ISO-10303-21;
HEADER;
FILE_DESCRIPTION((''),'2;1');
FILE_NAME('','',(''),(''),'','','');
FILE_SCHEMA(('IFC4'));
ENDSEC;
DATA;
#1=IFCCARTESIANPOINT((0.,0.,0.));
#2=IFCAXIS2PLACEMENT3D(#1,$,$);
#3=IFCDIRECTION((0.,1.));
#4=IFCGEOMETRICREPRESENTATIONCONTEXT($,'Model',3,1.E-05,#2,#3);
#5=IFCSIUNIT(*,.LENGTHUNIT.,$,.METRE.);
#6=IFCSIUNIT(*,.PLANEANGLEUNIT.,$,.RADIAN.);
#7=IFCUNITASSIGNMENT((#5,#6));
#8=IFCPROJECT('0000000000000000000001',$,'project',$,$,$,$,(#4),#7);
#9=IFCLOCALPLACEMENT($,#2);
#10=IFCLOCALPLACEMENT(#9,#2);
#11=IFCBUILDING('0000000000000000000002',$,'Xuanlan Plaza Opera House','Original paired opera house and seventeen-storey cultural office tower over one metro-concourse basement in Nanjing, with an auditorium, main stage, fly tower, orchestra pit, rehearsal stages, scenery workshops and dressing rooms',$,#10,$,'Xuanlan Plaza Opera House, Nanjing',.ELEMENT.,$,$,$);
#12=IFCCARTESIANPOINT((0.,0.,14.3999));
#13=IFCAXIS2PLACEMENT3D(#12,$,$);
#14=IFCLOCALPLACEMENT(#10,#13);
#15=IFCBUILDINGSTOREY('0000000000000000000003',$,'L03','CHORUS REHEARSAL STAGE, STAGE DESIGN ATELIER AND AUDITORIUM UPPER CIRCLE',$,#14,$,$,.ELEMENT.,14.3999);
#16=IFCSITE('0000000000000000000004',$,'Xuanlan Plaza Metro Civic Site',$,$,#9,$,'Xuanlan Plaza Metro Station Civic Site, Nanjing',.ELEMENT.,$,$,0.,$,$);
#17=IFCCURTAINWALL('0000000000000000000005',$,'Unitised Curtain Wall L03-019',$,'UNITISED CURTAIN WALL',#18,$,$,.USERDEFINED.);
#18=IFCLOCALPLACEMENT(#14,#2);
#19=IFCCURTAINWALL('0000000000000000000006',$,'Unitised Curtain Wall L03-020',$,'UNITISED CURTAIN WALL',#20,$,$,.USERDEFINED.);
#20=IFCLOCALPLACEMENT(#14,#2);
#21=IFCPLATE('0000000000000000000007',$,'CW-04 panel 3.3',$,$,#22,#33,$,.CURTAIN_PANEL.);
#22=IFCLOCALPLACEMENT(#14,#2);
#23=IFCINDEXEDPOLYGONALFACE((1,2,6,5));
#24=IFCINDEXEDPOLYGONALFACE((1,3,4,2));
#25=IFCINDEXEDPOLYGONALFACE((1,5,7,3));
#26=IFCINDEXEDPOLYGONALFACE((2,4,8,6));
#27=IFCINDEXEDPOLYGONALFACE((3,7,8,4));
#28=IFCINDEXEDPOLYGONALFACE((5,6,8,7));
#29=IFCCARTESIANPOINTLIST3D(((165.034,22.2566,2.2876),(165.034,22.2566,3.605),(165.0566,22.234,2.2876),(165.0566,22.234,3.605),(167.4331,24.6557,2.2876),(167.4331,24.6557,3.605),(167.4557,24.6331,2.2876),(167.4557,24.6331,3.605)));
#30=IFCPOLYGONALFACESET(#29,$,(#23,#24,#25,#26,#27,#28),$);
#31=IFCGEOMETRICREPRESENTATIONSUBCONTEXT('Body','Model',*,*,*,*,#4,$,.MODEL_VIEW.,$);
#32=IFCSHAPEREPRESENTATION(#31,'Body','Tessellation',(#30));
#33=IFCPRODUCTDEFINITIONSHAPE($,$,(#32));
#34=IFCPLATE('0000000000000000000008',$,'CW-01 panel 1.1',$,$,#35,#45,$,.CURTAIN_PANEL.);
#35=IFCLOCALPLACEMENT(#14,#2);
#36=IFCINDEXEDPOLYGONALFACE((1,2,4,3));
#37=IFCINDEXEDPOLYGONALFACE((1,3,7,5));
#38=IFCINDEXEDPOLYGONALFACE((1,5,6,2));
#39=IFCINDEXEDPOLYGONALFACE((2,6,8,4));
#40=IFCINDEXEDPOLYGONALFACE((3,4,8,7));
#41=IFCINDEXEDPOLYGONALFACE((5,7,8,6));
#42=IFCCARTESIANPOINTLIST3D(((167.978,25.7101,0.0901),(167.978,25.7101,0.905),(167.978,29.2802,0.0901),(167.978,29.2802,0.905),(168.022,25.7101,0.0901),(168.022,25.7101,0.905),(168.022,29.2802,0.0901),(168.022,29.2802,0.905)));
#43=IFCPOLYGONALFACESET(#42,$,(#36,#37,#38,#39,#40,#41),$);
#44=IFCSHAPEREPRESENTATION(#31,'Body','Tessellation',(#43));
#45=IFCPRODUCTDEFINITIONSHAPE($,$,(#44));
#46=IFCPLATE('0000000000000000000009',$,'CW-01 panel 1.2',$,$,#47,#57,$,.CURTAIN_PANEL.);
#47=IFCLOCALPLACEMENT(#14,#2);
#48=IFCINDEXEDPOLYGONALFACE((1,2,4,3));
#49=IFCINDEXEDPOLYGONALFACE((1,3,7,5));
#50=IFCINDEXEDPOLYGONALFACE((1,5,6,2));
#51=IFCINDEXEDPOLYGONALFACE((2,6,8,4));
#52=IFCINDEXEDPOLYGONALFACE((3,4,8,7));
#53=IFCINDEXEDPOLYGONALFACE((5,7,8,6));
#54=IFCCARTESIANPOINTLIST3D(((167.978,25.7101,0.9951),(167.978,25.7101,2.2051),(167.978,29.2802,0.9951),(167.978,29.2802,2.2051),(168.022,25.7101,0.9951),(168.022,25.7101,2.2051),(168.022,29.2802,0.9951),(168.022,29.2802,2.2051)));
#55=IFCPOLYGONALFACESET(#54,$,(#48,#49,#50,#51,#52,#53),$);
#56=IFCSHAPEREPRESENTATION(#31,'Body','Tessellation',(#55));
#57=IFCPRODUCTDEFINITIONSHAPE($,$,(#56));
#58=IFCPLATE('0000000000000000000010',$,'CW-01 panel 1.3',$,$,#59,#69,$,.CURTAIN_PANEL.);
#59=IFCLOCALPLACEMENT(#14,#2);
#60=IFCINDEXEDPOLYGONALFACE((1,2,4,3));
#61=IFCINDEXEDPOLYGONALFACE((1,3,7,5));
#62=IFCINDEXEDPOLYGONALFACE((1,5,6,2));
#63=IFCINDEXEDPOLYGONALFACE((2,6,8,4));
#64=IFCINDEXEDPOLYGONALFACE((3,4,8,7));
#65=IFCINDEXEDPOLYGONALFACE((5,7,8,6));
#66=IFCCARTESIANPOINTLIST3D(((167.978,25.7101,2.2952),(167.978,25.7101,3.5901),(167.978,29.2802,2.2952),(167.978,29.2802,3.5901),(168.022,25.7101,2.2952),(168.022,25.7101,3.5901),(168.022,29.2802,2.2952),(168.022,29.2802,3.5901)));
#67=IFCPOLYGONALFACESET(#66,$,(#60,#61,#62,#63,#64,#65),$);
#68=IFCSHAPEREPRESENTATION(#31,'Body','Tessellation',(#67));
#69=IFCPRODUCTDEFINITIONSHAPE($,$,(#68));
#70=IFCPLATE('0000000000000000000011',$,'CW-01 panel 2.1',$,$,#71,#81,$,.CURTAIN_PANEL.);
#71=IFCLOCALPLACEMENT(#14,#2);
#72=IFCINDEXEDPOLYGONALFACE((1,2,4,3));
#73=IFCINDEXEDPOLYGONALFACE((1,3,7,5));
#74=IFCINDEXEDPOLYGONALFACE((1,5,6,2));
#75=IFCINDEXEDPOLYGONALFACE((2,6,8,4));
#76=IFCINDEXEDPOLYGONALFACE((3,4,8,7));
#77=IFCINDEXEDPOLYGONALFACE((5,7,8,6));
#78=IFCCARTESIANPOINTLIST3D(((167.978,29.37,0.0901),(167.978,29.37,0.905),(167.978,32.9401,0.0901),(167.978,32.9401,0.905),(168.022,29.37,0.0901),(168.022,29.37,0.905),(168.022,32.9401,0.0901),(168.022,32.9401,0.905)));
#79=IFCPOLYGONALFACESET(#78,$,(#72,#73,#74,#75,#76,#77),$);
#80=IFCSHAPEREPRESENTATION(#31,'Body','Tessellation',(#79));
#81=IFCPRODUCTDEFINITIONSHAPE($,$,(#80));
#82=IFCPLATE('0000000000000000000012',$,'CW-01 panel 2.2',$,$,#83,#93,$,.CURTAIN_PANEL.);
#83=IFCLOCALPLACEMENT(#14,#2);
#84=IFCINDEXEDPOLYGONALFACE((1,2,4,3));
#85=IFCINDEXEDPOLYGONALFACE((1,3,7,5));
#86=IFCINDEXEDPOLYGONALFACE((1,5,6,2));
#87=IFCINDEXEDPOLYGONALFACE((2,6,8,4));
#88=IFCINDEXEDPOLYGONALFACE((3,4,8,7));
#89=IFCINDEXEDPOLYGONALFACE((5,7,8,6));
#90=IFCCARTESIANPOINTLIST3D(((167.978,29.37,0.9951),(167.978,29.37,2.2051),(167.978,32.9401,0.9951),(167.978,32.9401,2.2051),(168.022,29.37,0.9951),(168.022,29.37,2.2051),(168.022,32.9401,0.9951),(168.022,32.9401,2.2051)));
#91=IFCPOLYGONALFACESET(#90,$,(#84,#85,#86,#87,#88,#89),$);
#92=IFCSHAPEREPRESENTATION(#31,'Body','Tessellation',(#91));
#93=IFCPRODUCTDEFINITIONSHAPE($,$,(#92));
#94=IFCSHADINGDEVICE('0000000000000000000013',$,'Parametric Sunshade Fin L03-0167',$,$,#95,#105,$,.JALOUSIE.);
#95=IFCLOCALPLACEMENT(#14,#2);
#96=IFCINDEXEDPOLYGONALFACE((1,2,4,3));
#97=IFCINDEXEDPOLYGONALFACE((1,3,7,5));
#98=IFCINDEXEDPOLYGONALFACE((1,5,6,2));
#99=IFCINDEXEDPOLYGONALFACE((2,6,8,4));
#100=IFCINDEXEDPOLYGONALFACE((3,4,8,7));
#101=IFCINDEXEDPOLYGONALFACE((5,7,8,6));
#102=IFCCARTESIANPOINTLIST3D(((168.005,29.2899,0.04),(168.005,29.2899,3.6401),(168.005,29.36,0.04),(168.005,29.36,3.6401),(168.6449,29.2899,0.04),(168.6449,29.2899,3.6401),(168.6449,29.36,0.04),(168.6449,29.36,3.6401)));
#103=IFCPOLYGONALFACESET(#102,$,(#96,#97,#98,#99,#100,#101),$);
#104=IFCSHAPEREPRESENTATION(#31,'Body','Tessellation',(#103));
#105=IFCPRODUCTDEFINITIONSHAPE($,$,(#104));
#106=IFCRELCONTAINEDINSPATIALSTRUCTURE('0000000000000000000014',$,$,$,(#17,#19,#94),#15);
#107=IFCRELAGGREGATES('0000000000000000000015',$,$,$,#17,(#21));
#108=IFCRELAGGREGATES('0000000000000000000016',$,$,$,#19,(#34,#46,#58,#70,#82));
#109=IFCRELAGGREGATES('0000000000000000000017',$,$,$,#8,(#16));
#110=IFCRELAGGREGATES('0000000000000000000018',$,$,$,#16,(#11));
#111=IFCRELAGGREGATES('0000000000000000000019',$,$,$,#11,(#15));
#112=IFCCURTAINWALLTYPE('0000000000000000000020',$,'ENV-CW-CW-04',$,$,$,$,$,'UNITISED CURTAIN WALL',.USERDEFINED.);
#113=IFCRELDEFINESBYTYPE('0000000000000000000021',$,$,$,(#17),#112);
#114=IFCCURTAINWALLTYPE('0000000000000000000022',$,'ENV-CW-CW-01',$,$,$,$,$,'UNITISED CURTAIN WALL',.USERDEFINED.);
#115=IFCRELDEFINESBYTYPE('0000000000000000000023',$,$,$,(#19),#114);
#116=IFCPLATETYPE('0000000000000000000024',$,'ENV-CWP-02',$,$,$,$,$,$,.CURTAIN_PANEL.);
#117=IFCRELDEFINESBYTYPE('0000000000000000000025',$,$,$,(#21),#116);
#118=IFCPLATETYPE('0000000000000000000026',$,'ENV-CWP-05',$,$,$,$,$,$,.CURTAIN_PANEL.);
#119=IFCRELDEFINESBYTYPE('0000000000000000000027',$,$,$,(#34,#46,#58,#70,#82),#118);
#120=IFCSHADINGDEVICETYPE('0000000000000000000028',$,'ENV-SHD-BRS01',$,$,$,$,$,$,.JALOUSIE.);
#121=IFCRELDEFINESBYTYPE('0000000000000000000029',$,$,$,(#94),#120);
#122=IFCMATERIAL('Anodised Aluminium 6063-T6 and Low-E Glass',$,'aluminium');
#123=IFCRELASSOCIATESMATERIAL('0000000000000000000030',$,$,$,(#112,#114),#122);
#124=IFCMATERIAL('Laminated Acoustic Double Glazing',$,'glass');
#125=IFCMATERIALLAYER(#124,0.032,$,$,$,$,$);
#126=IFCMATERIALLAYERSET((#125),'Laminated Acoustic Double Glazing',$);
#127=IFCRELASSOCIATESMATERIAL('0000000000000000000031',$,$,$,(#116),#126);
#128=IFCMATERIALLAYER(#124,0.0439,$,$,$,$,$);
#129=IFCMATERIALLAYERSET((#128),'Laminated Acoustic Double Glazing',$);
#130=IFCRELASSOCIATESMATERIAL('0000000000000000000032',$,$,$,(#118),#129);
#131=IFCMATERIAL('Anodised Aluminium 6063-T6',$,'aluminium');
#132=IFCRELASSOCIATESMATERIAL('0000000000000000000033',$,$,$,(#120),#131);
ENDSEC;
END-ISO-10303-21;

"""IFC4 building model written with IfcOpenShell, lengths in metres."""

from ifc_helpers import new_model, si_unit, direction, frame, origin, origin_2d, place, context, subcontext, project, spatial, rectangle, extrude, material, layer, layer_set, type_object, element, aggregate, save


model = new_model("IFC4")

# Units and contexts
model_context = context("Model", 3, precision=1e-05, world=origin(), true_north=direction((0.0, 1.0)))
body_context = subcontext(model_context, "Body", "Model", "MODEL_VIEW")
ifc_project = project(units=[si_unit("LENGTHUNIT", "METRE"), si_unit("PLANEANGLEUNIT", "RADIAN")], contexts=[model_context])

# Site, building, storey
site_placement = place(None, origin())
site = spatial("IfcSite", under=ifc_project, at=site_placement, Name="Xuanlan Plaza Metro Civic Site", LongName="Xuanlan Plaza Metro Station Civic Site, Nanjing", CompositionType="ELEMENT", RefElevation=0.0)
building_placement = place(site_placement, origin())
building = spatial("IfcBuilding", under=site, at=building_placement, Name="Xuanlan Plaza Opera House", Description="Original paired opera house and seventeen-storey cultural office tower over one metro-concourse basement in Nanjing, with an auditorium, main stage, fly tower, orchestra pit, rehearsal stages, scenery workshops and dressing rooms", LongName="Xuanlan Plaza Opera House, Nanjing", CompositionType="ELEMENT")
storey_placement = place(building_placement, frame((0.0, 0.0, 14.3999)))
storey = spatial("IfcBuildingStorey", under=building, at=storey_placement, Name="L03", Description="CHORUS REHEARSAL STAGE, STAGE DESIGN ATELIER AND AUDITORIUM UPPER CIRCLE", CompositionType="ELEMENT", Elevation=14.3999)

# Curtain wall
ifc_material_1 = material(Name="Anodised Aluminium 6063-T6 and Low-E Glass", Category="aluminium")
curtain_wall_type_1 = type_object("IfcCurtainWallType", Name="ENV-CW-CW-04", ElementType="UNITISED CURTAIN WALL", PredefinedType="USERDEFINED", material=ifc_material_1)
curtain_wall_1_placement = place(storey_placement, origin())
curtain_wall_1 = element("IfcCurtainWall", 1, at=curtain_wall_1_placement, inside=storey, type_object=curtain_wall_type_1, Name="Unitised Curtain Wall L03-019", ObjectType="UNITISED CURTAIN WALL", PredefinedType="USERDEFINED")
ifc_material_2 = material(Name="Anodised Aluminium 6063-T6", Category="aluminium")

# Curtain wall
curtain_wall_type_2 = type_object("IfcCurtainWallType", Name="ENV-CW-CW-01", ElementType="UNITISED CURTAIN WALL", PredefinedType="USERDEFINED", material=ifc_material_1)
curtain_wall_2_placement = place(storey_placement, origin())
curtain_wall_2 = element("IfcCurtainWall", 2, at=curtain_wall_2_placement, inside=storey, type_object=curtain_wall_type_2, Name="Unitised Curtain Wall L03-020", ObjectType="UNITISED CURTAIN WALL", PredefinedType="USERDEFINED")

# Plates
ifc_material_3 = material(Name="Laminated Acoustic Double Glazing", Category="glass")
ifc_layer_1 = layer(ifc_material_3, 0.032)
ifc_layer_set_1 = layer_set([ifc_layer_1], Name="Laminated Acoustic Double Glazing")
plate_type_1 = type_object("IfcPlateType", Name="ENV-CWP-02", PredefinedType="CURTAIN_PANEL", material=ifc_layer_set_1)
plate_1_placement = place(storey_placement, frame((166.2449, 23.4448, 2.2876), z_axis=(0.0, 0.0, 1.0), x_axis=(0.707107, 0.707107, 0.0)))
plate_1 = element("IfcPlate", 3, at=plate_1_placement, type_object=plate_type_1, Name="CW-04 panel 3.3", PredefinedType="CURTAIN_PANEL", context=body_context, shape_type="SweptSolid", body=[
    extrude(rectangle(XDim=3.3928, YDim=0.032, at=origin_2d()), origin(), (0.0, 0.0, 1.0), 1.3174),
])
aggregate(curtain_wall_1, [plate_1])
ifc_layer_2 = layer(ifc_material_3, 0.0439)
ifc_layer_set_2 = layer_set([ifc_layer_2], Name="Laminated Acoustic Double Glazing")
plate_type_2 = type_object("IfcPlateType", Name="ENV-CWP-05", PredefinedType="CURTAIN_PANEL", material=ifc_layer_set_2)
plate_2_placement = place(storey_placement, frame((168.0, 27.4951, 0.0901), z_axis=(0.0, 0.0, 1.0), x_axis=(0.0, 1.0, 0.0)))
plate_2 = element("IfcPlate", 4, at=plate_2_placement, type_object=plate_type_2, Name="CW-01 panel 1.1", PredefinedType="CURTAIN_PANEL", context=body_context, shape_type="SweptSolid", body=[
    extrude(rectangle(XDim=3.5701, YDim=0.0439, at=origin_2d()), origin(), (0.0, 0.0, 1.0), 0.8149),
])
plate_3_placement = place(storey_placement, frame((168.0, 27.4951, 0.9951), z_axis=(0.0, 0.0, 1.0), x_axis=(0.0, 1.0, 0.0)))
plate_3 = element("IfcPlate", 5, at=plate_3_placement, type_object=plate_type_2, Name="CW-01 panel 1.2", PredefinedType="CURTAIN_PANEL", context=body_context, shape_type="SweptSolid", body=[
    extrude(rectangle(XDim=3.5701, YDim=0.0439, at=origin_2d()), origin(), (0.0, 0.0, 1.0), 1.21),
])
plate_4_placement = place(storey_placement, frame((168.0, 27.4951, 2.2952), z_axis=(0.0, 0.0, 1.0), x_axis=(0.0, 1.0, 0.0)))
plate_4 = element("IfcPlate", 6, at=plate_4_placement, type_object=plate_type_2, Name="CW-01 panel 1.3", PredefinedType="CURTAIN_PANEL", context=body_context, shape_type="SweptSolid", body=[
    extrude(rectangle(XDim=3.5701, YDim=0.0439, at=origin_2d()), origin(), (0.0, 0.0, 1.0), 1.2949),
])
plate_5_placement = place(storey_placement, frame((168.0, 31.155, 0.0901), z_axis=(0.0, 0.0, 1.0), x_axis=(0.0, 1.0, 0.0)))
plate_5 = element("IfcPlate", 7, at=plate_5_placement, type_object=plate_type_2, Name="CW-01 panel 2.1", PredefinedType="CURTAIN_PANEL", context=body_context, shape_type="SweptSolid", body=[
    extrude(rectangle(XDim=3.5701, YDim=0.0439, at=origin_2d()), origin(), (0.0, 0.0, 1.0), 0.8149),
])
plate_6_placement = place(storey_placement, frame((168.0, 31.155, 0.9951), z_axis=(0.0, 0.0, 1.0), x_axis=(0.0, 1.0, 0.0)))
plate_6 = element("IfcPlate", 8, at=plate_6_placement, type_object=plate_type_2, Name="CW-01 panel 2.2", PredefinedType="CURTAIN_PANEL", context=body_context, shape_type="SweptSolid", body=[
    extrude(rectangle(XDim=3.5701, YDim=0.0439, at=origin_2d()), origin(), (0.0, 0.0, 1.0), 1.21),
])
aggregate(curtain_wall_2, [plate_2, plate_3, plate_4, plate_5, plate_6])

# Shading device
shading_device_type = type_object("IfcShadingDeviceType", Name="ENV-SHD-BRS01", PredefinedType="JALOUSIE", material=ifc_material_2)
shading_device_placement = place(storey_placement, frame((168.325, 29.325, 0.04), z_axis=(0.0, 0.0, 1.0), x_axis=(1.0, 0.0, 0.0)))
element("IfcShadingDevice", 9, at=shading_device_placement, inside=storey, type_object=shading_device_type, Name="Parametric Sunshade Fin L03-0167", PredefinedType="JALOUSIE", context=body_context, shape_type="SweptSolid", body=[
    extrude(rectangle(XDim=0.6399, YDim=0.0701, at=origin_2d()), origin(), (0.0, 0.0, 1.0), 3.6001),
])

save(model, "model.ifc")
